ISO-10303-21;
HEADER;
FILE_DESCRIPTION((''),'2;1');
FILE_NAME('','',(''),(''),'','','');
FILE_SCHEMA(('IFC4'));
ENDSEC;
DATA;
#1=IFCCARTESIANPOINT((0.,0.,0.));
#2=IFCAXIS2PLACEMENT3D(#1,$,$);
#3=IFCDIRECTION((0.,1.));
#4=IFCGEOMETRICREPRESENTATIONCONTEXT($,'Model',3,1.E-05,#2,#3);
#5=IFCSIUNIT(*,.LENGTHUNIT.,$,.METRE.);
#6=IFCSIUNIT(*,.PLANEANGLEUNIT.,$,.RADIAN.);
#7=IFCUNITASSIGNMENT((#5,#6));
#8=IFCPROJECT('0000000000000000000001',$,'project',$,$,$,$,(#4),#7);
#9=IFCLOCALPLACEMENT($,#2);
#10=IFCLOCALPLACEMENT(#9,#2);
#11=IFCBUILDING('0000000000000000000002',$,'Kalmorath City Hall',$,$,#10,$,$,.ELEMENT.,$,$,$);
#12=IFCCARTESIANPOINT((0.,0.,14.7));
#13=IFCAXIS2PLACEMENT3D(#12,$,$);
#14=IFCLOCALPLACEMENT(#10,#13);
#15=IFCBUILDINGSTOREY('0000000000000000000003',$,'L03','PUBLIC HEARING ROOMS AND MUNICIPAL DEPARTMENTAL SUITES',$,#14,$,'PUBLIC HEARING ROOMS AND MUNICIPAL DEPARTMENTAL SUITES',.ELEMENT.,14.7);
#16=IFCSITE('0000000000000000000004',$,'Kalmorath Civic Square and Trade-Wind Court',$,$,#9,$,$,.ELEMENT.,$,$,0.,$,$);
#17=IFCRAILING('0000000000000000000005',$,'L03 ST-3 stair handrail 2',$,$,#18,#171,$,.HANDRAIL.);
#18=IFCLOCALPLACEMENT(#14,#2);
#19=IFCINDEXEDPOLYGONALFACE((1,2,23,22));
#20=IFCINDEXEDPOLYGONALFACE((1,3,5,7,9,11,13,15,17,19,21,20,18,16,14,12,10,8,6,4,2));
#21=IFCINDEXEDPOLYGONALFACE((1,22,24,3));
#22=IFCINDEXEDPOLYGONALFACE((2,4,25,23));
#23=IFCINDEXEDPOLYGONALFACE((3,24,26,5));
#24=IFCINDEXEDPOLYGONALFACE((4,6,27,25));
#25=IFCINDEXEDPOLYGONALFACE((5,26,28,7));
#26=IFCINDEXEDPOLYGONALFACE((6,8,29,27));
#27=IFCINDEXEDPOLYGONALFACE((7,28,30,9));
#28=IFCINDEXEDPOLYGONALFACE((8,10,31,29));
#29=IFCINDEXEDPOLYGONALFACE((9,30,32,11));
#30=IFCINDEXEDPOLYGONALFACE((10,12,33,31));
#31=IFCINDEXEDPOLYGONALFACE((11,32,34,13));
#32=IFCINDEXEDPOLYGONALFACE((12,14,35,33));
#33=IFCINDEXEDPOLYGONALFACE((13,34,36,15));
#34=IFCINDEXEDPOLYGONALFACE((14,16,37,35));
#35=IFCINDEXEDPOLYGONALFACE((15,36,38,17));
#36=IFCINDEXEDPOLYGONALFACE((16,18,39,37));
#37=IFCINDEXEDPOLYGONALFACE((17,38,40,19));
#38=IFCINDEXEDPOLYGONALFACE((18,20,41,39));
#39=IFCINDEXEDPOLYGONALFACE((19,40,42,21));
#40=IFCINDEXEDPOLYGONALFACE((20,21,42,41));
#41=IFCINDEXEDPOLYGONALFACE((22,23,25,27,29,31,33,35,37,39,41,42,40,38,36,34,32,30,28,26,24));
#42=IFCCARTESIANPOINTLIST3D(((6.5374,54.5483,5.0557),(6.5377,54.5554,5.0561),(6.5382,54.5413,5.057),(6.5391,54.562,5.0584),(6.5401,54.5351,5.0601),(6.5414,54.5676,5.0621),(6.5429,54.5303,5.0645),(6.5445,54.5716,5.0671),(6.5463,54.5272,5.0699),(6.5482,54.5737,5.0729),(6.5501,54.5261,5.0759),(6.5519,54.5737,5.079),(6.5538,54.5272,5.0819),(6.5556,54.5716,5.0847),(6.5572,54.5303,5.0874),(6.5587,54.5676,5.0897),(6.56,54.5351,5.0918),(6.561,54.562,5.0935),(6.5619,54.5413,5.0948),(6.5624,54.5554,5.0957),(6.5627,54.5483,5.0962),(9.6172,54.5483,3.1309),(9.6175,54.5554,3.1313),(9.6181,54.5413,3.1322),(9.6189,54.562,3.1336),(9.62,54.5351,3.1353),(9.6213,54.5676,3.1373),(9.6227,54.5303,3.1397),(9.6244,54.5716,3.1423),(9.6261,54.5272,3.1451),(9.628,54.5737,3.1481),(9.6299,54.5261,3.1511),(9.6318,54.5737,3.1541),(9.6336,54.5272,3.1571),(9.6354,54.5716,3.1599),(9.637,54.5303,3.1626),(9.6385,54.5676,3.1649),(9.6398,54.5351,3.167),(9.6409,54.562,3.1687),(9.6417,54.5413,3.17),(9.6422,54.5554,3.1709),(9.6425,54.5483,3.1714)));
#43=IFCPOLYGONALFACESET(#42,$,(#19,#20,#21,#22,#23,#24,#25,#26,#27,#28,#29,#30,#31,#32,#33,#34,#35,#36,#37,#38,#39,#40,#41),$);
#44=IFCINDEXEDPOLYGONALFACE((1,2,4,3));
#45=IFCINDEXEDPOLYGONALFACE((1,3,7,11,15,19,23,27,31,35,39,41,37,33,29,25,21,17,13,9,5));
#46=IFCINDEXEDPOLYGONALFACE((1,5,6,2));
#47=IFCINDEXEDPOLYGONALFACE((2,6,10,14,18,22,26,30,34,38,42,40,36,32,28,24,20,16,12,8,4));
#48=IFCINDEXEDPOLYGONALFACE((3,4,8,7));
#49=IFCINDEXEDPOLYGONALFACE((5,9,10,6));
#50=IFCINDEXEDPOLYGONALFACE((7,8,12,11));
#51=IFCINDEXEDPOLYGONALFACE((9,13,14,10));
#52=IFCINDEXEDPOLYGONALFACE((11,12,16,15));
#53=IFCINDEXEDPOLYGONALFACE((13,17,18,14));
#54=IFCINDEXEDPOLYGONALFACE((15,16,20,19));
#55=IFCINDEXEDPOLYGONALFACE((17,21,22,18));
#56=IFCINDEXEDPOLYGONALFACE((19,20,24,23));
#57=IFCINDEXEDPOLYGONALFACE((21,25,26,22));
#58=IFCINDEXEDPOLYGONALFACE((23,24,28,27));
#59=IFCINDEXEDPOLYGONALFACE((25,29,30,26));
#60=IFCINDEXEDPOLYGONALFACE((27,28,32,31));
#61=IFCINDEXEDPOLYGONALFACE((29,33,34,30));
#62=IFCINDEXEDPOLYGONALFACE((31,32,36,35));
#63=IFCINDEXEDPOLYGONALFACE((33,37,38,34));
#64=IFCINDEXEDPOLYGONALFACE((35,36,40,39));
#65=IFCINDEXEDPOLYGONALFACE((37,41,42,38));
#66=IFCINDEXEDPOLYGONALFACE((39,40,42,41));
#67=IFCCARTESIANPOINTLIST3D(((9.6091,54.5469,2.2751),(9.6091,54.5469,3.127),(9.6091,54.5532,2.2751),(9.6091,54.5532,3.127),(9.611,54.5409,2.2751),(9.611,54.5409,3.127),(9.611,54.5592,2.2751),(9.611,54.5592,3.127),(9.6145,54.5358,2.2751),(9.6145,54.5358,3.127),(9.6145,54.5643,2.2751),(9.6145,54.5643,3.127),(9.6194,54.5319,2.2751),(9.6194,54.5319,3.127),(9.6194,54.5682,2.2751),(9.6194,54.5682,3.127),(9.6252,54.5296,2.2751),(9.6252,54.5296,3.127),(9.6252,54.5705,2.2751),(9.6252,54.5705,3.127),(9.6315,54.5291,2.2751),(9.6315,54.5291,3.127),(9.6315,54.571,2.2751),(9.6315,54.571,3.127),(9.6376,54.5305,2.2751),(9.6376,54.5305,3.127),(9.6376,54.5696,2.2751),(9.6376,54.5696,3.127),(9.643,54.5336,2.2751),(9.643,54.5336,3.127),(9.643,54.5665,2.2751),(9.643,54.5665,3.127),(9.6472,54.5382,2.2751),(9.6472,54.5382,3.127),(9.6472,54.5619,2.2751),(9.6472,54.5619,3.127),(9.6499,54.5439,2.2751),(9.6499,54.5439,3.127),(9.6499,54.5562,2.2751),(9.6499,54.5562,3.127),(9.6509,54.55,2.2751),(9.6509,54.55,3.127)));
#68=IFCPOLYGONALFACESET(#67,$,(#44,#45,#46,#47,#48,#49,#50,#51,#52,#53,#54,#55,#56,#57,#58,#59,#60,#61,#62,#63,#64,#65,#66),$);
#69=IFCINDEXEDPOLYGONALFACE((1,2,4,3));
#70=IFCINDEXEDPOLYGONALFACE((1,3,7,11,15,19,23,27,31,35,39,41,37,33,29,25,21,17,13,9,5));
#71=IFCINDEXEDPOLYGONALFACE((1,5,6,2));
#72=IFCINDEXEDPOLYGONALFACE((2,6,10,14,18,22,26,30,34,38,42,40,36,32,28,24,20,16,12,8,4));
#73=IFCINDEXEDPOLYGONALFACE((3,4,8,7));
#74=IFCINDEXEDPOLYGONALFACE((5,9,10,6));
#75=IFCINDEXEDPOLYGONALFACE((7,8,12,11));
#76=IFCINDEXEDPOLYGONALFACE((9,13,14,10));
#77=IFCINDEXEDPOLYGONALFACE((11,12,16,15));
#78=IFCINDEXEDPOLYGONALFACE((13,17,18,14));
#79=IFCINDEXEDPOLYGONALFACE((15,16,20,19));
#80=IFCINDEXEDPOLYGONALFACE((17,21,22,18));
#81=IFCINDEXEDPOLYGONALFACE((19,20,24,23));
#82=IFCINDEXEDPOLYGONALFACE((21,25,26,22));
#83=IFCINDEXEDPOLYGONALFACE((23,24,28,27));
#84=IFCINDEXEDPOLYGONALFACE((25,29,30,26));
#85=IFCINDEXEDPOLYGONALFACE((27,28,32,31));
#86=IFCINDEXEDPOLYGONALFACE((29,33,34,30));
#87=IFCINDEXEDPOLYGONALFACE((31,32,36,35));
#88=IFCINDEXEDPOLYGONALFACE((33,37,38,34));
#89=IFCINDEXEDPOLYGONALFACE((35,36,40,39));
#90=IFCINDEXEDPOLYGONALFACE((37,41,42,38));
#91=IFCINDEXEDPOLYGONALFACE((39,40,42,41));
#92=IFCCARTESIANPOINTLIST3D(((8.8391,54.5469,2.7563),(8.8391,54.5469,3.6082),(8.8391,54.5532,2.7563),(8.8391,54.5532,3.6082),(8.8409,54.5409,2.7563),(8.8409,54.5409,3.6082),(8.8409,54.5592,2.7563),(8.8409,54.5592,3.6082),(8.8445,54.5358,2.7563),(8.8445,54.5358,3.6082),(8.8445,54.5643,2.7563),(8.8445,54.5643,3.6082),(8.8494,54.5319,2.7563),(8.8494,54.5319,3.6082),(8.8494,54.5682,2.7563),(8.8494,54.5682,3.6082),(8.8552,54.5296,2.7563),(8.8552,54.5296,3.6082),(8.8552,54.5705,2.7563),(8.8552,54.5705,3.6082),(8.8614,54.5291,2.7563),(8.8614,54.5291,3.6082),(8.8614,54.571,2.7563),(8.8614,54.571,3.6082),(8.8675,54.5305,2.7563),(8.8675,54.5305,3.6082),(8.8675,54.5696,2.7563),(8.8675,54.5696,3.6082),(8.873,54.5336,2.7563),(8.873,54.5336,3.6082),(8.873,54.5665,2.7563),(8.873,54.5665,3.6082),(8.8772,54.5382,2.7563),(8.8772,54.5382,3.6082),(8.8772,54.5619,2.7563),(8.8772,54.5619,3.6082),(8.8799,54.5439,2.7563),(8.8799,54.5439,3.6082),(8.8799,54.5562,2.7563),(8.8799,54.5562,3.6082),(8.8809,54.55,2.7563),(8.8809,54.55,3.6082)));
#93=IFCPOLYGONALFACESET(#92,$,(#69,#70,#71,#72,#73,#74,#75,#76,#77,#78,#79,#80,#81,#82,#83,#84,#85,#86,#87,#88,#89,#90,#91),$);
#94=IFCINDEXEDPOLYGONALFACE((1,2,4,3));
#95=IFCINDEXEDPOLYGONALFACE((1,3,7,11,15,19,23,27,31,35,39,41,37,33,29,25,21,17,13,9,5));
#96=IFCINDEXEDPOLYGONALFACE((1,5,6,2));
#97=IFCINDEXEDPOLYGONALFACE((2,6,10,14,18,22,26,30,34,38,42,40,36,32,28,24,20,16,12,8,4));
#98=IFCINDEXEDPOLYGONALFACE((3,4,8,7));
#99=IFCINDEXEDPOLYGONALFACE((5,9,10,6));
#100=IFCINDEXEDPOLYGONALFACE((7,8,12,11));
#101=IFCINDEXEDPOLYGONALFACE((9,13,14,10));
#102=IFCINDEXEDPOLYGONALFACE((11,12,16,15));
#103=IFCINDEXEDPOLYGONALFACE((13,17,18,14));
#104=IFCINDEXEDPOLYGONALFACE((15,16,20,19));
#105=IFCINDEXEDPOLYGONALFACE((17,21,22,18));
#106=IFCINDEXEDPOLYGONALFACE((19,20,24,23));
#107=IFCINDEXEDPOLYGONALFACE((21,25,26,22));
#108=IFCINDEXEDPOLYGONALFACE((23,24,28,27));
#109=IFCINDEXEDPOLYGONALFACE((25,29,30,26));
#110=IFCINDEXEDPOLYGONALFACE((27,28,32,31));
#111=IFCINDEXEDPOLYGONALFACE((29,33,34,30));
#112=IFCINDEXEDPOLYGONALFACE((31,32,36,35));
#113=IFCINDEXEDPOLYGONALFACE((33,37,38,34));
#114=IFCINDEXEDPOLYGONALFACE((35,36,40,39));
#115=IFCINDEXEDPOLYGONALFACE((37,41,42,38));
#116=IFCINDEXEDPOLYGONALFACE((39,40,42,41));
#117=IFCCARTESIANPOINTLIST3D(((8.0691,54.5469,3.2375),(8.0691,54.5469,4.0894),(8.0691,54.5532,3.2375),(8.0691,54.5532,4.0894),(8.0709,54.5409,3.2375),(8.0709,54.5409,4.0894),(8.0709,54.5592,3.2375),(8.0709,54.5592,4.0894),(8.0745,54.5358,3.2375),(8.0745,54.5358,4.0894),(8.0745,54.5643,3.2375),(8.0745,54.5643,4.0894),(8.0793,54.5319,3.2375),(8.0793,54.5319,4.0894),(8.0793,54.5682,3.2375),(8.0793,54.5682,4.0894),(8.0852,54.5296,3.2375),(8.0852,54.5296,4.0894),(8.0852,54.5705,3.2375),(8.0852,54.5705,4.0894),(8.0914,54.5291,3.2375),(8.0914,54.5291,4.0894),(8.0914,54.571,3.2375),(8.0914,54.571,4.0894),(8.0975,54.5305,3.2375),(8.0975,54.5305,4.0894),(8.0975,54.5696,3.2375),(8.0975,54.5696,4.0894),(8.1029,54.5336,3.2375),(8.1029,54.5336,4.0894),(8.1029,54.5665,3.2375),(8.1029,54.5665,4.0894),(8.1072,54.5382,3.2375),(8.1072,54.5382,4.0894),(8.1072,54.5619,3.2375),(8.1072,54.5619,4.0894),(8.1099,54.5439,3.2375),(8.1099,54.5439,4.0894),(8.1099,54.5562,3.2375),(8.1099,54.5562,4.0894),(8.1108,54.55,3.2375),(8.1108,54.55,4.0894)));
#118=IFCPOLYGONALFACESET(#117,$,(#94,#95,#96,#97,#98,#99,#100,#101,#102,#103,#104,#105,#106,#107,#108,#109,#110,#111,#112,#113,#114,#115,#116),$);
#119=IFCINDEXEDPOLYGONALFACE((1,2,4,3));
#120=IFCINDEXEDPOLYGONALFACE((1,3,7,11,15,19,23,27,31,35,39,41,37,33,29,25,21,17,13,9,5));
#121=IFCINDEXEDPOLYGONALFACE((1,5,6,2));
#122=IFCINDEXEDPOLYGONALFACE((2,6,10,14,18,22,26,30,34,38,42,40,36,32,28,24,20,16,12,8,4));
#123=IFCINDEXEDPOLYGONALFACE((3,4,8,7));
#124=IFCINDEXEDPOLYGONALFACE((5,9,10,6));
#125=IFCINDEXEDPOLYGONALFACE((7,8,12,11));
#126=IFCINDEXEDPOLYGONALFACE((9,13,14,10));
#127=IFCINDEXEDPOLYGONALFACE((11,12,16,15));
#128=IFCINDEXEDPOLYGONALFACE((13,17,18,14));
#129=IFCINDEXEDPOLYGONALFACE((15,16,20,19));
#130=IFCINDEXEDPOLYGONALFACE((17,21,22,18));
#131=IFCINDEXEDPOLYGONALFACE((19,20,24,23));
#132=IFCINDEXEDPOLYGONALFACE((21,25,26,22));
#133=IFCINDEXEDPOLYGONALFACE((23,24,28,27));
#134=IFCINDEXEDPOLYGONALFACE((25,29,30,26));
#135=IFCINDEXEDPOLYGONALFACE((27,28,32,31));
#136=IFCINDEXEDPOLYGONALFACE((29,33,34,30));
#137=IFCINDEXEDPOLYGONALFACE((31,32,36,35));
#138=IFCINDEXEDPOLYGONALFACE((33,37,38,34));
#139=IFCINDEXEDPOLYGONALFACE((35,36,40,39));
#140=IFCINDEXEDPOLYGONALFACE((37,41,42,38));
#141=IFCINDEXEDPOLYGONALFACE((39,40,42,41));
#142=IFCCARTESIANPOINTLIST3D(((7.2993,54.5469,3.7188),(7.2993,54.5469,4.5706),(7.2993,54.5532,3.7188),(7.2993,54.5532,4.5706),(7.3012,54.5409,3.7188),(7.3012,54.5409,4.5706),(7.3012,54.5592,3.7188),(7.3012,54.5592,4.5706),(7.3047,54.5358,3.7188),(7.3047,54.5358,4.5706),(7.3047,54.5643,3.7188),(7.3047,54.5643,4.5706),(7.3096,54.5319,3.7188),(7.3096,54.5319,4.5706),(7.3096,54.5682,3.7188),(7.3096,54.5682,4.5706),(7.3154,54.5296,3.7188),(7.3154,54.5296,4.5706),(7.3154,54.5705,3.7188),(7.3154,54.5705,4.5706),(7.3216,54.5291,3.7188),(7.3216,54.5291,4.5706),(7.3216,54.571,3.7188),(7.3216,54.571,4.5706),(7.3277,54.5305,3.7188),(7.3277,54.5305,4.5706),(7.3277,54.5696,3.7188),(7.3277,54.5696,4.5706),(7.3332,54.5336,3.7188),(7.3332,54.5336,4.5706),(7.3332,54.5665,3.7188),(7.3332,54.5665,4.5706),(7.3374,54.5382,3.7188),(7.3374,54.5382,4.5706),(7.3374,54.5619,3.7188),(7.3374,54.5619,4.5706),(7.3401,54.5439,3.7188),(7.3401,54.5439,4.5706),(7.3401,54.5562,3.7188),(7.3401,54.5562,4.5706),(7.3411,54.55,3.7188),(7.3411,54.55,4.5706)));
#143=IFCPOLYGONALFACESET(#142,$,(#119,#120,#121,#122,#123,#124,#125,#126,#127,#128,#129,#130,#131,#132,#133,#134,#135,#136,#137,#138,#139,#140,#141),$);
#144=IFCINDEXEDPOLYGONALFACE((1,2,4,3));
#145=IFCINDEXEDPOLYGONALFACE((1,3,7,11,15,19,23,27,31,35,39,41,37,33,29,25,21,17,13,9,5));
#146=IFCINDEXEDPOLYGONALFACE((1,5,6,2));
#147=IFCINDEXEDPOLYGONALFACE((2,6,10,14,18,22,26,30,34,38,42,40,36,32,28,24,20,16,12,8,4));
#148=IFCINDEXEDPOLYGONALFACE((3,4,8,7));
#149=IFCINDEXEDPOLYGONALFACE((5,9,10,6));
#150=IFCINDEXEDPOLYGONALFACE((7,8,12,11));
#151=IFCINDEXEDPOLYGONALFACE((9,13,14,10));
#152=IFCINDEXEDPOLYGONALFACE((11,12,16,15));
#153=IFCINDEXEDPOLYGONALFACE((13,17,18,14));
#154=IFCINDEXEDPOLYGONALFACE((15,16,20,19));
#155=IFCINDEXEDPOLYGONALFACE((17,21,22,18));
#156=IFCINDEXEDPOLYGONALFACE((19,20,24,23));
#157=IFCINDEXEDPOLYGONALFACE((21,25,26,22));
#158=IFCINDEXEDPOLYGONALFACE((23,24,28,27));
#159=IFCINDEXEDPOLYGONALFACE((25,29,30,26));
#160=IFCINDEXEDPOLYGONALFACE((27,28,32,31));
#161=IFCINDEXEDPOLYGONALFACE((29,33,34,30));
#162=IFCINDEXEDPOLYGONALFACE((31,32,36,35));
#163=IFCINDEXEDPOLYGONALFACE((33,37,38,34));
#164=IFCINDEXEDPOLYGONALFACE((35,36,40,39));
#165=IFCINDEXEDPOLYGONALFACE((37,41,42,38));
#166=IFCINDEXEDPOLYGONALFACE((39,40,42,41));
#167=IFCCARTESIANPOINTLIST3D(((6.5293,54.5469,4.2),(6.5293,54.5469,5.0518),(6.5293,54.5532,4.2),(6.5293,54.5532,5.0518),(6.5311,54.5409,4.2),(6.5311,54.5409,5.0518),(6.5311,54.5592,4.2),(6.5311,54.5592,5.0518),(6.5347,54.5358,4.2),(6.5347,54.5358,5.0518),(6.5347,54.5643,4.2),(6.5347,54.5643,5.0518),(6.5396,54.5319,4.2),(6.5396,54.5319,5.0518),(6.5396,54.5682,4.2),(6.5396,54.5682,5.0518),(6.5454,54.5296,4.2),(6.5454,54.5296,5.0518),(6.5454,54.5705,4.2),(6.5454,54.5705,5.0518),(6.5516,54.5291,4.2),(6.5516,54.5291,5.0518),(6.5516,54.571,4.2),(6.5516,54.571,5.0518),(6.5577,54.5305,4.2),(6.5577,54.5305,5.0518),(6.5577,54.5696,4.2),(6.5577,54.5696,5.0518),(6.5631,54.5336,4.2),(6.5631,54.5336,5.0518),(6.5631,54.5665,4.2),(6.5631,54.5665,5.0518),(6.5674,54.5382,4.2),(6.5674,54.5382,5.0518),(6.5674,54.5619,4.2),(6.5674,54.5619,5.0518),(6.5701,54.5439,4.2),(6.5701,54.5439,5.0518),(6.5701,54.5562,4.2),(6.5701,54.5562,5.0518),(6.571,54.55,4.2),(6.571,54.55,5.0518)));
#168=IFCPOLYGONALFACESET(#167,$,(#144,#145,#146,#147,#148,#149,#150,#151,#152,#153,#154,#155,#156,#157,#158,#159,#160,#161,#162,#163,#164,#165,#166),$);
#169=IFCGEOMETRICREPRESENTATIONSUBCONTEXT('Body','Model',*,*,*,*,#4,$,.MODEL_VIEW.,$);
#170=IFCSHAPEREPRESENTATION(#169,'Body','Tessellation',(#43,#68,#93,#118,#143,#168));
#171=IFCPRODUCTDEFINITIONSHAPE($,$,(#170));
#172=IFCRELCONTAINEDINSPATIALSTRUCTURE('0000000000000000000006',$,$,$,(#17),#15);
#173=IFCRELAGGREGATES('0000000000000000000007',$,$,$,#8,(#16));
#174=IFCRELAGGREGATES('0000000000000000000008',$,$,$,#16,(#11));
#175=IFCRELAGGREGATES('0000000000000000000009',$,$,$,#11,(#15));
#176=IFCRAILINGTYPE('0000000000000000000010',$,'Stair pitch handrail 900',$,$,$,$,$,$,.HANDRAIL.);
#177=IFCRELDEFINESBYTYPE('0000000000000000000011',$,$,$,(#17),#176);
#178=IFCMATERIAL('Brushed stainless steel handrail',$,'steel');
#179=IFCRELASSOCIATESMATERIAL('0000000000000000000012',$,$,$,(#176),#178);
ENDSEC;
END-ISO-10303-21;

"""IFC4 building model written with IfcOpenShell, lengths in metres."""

from ifc_helpers import new_model, si_unit, direction, frame, origin, origin_2d, place, context, subcontext, project, spatial, circle, extrude, material, type_object, element, save


model = new_model("IFC4")

# Units and contexts
model_context = context("Model", 3, precision=1e-05, world=origin(), true_north=direction((0.0, 1.0)))
body_context = subcontext(model_context, "Body", "Model", "MODEL_VIEW")
ifc_project = project(units=[si_unit("LENGTHUNIT", "METRE"), si_unit("PLANEANGLEUNIT", "RADIAN")], contexts=[model_context])

# Site, building, storey
site_placement = place(None, origin())
site = spatial("IfcSite", under=ifc_project, at=site_placement, Name="Kalmorath Civic Square and Trade-Wind Court", CompositionType="ELEMENT", RefElevation=0.0)
building_placement = place(site_placement, origin())
building = spatial("IfcBuilding", under=site, at=building_placement, Name="Kalmorath City Hall", CompositionType="ELEMENT")
storey_placement = place(building_placement, frame((0.0, 0.0, 14.7)))
storey = spatial("IfcBuildingStorey", under=building, at=storey_placement, Name="L03", Description="PUBLIC HEARING ROOMS AND MUNICIPAL DEPARTMENTAL SUITES", LongName="PUBLIC HEARING ROOMS AND MUNICIPAL DEPARTMENTAL SUITES", CompositionType="ELEMENT", Elevation=14.7)

# Railing
ifc_material_1 = material(Name="Brushed stainless steel handrail", Category="steel")
railing_type_1 = type_object("IfcRailingType", Name="Stair pitch handrail 900", PredefinedType="HANDRAIL", material=ifc_material_1)
railing_1_placement = place(storey_placement, frame((9.6299, 54.55, 2.2751)))
element("IfcRailing", 1, at=railing_1_placement, inside=storey, type_object=railing_type_1, Name="L03 ST-3 stair handrail 2", PredefinedType="HANDRAIL", context=body_context, shape_type="SweptSolid", body=[
    extrude(circle(Radius=0.0239, at=origin_2d()), frame((0.0, 0.0, 0.876), z_axis=(-0.84801, 0.0, 0.529981), x_axis=(0.0, -1.0, 0.0)), (0.0, 0.0, 1.0), 3.6318),
    extrude(circle(Radius=0.021, at=origin_2d()), origin(), (0.0, 0.0, 1.0), 0.8518),
    extrude(circle(Radius=0.021, at=origin_2d()), frame((-0.77, 0.0, 0.4812)), (0.0, 0.0, 1.0), 0.8518),
    extrude(circle(Radius=0.021, at=origin_2d()), frame((-1.54, 0.0, 0.9624)), (0.0, 0.0, 1.0), 0.8518),
    extrude(circle(Radius=0.021, at=origin_2d()), frame((-2.3098, 0.0, 1.4436)), (0.0, 0.0, 1.0), 0.8518),
    extrude(circle(Radius=0.021, at=origin_2d()), frame((-3.0798, 0.0, 1.9248)), (0.0, 0.0, 1.0), 0.8518),
])

save(model, "model.ifc")
